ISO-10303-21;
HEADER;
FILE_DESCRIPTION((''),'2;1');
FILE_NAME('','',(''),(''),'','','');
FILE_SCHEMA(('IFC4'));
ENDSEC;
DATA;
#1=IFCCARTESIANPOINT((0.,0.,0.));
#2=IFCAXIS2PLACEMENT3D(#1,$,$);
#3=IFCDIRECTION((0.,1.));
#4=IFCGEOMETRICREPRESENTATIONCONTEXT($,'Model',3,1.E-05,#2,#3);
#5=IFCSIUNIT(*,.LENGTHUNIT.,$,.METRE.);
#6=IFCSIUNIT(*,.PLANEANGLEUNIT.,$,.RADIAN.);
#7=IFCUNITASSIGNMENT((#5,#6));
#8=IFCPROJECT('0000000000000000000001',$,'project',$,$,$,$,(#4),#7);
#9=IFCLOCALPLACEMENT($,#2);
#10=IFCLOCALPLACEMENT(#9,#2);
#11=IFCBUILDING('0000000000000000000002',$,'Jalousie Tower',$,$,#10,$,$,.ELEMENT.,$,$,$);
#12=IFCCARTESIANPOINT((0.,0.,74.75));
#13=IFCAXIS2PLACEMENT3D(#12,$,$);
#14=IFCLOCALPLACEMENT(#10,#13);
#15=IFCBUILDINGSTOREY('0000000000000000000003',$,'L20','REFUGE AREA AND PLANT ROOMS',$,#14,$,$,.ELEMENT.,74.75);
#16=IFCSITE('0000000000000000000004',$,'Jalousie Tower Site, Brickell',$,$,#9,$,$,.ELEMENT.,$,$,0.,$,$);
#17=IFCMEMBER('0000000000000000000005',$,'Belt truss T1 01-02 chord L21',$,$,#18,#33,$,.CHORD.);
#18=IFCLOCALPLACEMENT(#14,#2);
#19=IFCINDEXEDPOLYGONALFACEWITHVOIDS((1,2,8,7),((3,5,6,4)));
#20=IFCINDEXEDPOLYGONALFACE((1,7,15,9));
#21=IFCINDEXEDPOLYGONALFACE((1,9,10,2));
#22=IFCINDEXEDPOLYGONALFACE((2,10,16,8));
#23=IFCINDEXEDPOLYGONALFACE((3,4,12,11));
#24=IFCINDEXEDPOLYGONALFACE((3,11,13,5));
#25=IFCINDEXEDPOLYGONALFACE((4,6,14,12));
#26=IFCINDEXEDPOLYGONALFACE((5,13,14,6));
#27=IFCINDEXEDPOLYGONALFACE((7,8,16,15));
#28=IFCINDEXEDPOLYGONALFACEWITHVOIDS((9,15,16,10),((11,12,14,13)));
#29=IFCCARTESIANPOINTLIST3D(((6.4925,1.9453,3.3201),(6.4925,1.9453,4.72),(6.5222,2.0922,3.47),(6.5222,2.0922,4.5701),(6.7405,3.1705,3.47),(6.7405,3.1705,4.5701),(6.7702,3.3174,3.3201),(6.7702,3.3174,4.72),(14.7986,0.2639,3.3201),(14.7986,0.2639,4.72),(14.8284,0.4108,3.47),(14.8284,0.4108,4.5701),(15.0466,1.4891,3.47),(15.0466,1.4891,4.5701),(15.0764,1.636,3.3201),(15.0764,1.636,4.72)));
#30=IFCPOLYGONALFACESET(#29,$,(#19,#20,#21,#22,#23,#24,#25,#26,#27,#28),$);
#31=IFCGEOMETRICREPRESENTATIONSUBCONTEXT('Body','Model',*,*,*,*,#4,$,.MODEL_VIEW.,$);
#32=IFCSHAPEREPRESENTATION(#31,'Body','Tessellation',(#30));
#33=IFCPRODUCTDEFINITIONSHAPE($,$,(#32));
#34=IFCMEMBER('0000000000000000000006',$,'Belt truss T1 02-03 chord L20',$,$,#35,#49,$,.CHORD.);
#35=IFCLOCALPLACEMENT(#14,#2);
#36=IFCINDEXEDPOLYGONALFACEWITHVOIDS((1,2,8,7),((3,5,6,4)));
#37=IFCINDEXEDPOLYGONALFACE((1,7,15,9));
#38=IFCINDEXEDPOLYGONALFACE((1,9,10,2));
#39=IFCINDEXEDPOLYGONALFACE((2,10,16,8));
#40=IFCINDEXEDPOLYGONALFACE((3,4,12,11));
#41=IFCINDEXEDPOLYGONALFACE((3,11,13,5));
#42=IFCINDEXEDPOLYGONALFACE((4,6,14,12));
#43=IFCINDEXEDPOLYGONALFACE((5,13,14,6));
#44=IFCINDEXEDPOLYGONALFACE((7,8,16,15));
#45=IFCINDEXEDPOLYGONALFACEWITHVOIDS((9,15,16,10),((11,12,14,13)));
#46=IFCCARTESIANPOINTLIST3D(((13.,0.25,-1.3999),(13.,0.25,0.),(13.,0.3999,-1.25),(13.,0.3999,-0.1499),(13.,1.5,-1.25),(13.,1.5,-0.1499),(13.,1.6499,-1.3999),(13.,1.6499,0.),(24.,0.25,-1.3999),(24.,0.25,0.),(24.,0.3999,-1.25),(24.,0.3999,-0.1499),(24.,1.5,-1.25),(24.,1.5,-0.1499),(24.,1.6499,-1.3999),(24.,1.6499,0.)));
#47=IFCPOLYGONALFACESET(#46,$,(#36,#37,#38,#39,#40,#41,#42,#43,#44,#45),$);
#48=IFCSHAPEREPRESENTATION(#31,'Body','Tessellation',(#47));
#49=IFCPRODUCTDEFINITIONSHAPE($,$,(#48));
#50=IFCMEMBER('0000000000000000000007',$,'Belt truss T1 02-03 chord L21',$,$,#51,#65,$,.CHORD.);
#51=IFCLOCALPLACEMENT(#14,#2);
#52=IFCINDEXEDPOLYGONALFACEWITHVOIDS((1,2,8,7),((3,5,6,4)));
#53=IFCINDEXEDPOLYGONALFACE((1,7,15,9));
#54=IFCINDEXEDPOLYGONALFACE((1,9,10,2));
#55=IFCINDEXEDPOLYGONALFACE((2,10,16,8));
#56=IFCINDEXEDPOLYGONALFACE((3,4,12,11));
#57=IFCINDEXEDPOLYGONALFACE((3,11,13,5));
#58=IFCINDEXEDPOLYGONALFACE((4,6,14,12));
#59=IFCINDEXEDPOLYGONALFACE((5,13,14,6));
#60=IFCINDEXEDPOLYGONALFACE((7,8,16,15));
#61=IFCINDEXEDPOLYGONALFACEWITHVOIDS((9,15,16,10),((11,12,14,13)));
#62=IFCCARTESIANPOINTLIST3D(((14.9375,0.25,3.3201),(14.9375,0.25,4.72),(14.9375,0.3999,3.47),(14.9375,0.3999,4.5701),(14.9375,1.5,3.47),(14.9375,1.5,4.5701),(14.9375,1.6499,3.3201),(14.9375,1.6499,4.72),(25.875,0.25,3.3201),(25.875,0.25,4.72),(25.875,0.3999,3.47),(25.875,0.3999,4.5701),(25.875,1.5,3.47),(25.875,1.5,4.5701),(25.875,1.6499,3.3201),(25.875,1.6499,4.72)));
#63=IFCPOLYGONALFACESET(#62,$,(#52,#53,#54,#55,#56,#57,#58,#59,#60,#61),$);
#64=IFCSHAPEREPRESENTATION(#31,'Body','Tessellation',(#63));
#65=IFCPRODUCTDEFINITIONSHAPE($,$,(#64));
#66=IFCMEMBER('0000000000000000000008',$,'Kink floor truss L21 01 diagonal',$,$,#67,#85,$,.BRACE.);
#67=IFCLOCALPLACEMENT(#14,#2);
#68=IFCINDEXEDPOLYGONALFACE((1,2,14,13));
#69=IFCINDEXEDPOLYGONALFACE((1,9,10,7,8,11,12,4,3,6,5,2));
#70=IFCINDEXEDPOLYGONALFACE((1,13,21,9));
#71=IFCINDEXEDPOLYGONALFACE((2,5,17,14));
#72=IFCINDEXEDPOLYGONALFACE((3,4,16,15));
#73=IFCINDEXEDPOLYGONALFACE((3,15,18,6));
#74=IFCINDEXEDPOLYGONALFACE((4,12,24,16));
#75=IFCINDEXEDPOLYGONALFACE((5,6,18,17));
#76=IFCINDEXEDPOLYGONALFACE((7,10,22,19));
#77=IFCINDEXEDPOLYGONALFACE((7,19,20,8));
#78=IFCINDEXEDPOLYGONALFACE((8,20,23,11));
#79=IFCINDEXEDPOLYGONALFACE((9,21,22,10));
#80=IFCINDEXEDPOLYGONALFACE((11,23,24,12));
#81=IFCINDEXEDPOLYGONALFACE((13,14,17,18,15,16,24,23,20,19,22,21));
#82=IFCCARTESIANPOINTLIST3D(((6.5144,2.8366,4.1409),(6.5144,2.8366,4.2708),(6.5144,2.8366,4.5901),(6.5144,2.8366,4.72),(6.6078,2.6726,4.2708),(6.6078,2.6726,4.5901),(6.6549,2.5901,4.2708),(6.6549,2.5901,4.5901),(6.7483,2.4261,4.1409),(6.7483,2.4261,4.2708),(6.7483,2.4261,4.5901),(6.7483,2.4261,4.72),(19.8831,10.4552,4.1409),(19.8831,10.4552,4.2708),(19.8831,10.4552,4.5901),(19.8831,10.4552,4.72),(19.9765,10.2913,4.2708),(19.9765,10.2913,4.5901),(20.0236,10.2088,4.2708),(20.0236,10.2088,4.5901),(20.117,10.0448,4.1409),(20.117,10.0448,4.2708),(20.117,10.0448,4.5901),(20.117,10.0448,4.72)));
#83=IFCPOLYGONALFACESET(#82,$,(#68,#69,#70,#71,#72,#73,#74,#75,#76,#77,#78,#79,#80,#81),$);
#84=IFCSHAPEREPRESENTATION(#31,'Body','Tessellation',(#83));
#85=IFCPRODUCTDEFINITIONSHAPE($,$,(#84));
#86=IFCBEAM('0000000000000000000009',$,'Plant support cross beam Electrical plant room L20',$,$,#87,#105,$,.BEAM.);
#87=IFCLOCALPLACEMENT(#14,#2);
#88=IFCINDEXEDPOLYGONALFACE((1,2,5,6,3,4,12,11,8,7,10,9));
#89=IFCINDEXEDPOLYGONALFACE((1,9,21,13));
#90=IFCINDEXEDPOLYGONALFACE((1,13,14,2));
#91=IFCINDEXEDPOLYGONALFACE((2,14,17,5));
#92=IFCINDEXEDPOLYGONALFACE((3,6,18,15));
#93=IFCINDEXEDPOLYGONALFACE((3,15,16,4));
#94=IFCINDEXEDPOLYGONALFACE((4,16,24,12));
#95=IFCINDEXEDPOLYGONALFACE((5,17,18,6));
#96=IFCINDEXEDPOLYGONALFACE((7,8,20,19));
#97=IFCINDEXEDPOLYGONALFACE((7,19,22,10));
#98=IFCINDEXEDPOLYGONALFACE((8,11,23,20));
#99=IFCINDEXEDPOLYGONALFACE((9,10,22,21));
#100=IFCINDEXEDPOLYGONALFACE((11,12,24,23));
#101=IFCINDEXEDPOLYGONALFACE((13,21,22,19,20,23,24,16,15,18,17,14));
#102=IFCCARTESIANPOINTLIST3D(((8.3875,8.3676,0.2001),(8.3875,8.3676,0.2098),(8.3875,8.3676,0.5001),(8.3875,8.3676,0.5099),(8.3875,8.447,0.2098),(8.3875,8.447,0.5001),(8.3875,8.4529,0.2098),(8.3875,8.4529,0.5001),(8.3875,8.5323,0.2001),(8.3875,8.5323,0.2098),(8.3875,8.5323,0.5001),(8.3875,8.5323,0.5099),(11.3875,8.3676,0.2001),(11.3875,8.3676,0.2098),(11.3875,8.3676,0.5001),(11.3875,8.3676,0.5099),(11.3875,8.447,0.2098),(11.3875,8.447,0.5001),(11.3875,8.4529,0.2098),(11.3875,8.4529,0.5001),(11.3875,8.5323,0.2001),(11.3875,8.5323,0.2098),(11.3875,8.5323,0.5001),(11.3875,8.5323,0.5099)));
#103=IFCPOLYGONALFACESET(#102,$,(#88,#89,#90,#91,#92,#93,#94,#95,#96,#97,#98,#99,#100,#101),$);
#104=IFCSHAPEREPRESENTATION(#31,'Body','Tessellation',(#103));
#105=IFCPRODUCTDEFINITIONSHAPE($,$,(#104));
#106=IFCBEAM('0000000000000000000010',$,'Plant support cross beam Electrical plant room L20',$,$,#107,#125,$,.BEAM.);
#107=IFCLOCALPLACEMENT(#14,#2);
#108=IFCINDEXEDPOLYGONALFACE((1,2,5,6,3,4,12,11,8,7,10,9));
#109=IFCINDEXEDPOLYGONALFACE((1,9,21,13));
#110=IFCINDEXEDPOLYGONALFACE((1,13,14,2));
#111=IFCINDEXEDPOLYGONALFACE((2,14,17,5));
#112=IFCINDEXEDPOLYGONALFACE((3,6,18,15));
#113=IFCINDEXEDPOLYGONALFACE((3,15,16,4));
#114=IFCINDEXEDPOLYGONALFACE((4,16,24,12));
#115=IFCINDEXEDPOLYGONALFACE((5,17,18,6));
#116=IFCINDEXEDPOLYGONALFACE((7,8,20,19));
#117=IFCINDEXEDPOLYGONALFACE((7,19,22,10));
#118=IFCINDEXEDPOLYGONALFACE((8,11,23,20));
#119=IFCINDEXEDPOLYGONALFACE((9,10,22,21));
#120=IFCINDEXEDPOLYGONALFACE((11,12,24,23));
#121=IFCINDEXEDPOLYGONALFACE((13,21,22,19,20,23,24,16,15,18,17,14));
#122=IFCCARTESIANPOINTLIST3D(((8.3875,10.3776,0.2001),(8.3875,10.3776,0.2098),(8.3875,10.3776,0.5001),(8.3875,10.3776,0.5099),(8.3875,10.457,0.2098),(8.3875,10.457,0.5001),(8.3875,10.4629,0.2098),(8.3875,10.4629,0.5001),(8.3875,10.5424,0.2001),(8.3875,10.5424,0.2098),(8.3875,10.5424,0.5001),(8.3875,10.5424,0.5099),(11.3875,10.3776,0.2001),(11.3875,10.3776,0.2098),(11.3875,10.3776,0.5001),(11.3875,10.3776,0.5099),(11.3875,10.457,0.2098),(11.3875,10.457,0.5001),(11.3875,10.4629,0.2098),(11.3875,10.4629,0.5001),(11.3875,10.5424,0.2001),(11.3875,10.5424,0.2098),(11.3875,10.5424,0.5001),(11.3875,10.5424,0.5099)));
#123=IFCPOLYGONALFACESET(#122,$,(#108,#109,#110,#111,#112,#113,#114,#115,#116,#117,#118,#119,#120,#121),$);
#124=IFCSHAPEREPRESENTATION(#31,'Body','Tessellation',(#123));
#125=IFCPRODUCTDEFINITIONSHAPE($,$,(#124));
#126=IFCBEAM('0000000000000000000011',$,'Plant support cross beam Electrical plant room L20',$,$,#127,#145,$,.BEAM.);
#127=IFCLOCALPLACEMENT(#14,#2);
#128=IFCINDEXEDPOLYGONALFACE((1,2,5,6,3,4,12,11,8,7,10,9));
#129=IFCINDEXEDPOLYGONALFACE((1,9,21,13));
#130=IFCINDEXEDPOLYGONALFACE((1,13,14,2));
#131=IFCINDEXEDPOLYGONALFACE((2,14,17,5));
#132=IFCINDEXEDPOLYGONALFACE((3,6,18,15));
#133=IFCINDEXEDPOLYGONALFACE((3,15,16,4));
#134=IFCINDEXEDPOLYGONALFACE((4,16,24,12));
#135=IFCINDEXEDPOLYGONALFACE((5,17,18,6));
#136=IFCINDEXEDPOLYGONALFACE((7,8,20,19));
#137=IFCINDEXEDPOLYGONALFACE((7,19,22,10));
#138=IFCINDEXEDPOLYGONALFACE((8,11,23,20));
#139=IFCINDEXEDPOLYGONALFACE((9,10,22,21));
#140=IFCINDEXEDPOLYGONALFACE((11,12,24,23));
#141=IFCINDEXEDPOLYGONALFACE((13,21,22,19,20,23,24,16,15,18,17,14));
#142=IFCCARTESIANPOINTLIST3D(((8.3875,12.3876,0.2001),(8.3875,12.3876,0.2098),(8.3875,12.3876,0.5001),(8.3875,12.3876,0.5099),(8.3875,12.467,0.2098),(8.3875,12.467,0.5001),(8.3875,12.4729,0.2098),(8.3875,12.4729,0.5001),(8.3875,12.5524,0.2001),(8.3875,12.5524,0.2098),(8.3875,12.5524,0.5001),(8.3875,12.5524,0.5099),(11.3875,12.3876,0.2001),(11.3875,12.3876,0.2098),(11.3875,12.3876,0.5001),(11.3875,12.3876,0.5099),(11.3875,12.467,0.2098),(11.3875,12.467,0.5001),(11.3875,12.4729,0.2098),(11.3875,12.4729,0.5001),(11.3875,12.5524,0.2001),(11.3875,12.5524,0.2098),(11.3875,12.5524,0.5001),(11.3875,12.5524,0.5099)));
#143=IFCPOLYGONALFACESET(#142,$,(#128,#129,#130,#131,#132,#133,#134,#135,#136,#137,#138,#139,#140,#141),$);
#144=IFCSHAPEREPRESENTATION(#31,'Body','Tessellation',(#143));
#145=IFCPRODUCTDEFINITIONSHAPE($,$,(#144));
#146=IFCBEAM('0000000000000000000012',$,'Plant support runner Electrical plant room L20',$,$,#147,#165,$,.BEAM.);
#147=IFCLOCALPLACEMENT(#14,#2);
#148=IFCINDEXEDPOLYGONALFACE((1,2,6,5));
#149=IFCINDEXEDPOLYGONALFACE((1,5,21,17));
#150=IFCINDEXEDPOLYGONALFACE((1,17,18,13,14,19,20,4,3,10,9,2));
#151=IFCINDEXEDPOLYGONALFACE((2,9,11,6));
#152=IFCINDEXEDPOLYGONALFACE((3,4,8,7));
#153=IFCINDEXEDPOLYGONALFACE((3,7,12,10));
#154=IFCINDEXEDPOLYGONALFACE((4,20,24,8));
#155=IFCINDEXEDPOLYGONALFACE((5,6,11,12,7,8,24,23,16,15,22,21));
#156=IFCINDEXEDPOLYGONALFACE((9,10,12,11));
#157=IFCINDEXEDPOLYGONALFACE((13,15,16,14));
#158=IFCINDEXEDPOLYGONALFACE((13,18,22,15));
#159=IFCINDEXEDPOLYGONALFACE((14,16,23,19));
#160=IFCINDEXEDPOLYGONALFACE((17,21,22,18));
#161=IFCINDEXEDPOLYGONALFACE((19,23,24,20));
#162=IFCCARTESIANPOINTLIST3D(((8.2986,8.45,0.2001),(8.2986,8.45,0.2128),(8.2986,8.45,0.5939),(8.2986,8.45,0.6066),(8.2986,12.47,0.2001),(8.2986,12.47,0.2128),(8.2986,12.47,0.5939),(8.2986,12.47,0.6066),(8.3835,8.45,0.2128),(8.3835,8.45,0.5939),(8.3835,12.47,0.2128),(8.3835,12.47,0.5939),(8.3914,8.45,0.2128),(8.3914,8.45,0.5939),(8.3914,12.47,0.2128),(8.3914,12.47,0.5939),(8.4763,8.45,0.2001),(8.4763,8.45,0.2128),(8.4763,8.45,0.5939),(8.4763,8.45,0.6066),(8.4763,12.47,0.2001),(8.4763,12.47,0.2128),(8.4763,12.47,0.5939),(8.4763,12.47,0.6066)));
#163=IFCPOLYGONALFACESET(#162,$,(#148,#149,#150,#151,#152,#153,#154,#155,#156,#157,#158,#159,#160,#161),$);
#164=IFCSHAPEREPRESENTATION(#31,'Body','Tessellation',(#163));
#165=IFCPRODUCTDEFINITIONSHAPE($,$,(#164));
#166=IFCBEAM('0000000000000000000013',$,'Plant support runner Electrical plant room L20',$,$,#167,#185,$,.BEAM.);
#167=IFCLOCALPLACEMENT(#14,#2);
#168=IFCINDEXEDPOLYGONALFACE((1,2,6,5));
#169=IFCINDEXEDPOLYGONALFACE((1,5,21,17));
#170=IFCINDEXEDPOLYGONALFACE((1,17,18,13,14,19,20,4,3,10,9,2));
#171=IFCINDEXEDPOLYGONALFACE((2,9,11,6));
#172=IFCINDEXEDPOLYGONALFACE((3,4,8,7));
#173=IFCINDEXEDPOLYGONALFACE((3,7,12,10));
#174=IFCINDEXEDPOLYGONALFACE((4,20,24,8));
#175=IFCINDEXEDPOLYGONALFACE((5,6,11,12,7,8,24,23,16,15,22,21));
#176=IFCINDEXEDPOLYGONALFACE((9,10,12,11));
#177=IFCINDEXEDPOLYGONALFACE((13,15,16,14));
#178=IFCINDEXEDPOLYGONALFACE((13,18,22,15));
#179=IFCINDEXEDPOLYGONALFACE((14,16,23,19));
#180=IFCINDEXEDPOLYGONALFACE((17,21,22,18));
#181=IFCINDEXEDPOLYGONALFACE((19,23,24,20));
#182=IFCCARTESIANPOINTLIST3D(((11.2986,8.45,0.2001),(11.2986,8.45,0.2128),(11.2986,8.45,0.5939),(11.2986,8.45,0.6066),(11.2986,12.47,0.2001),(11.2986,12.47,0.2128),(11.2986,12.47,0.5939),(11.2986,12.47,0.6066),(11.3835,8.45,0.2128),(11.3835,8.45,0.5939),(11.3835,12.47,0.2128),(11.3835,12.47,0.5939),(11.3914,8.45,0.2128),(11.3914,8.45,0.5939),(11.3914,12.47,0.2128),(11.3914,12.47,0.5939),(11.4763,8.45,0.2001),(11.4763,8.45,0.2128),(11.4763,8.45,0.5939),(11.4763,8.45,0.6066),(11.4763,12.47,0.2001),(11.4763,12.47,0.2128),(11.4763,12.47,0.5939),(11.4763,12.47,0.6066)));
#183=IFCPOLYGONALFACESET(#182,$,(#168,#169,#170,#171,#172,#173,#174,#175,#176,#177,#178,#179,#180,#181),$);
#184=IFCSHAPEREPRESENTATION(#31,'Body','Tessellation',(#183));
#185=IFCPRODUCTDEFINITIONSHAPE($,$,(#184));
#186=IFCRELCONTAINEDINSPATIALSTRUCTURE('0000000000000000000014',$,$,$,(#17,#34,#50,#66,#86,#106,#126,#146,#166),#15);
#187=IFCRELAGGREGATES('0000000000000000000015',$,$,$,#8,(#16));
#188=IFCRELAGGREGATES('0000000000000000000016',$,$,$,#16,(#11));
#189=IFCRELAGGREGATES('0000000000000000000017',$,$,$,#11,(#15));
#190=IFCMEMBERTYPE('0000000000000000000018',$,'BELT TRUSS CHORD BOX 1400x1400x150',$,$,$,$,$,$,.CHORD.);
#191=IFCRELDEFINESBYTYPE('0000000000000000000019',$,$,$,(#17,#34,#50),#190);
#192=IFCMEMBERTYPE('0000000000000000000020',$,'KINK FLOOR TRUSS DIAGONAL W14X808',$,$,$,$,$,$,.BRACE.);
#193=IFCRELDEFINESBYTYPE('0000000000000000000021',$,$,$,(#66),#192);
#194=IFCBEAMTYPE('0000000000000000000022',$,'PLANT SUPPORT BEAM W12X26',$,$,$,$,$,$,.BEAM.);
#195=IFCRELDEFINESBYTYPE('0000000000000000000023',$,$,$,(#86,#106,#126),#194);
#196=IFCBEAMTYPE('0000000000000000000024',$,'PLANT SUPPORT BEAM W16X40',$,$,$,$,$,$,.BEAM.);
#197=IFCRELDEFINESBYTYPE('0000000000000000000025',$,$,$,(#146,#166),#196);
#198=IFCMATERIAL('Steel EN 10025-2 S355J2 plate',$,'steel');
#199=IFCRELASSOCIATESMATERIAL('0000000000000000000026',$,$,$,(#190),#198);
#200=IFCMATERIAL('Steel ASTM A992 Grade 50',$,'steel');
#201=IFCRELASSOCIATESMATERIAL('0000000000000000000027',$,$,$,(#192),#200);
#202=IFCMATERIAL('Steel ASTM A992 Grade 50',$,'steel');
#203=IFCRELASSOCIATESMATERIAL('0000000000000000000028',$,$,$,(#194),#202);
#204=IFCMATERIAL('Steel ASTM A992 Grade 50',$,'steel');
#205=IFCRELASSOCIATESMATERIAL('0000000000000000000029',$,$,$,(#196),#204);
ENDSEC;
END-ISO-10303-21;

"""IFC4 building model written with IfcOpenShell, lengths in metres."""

from ifc_helpers import new_model, si_unit, direction, frame, origin, origin_2d, place, context, subcontext, project, spatial, hollow_rectangle, i_section, extrude, material, material_profile, profile_set, type_object, element, save


model = new_model("IFC4")

# Units and contexts
model_context = context("Model", 3, precision=1e-05, world=origin(), true_north=direction((0.0, 1.0)))
body_context = subcontext(model_context, "Body", "Model", "MODEL_VIEW")
ifc_project = project(units=[si_unit("LENGTHUNIT", "METRE"), si_unit("PLANEANGLEUNIT", "RADIAN")], contexts=[model_context])

# Site, building, storey
site_placement = place(None, origin())
site = spatial("IfcSite", under=ifc_project, at=site_placement, Name="Jalousie Tower Site, Brickell", CompositionType="ELEMENT", RefElevation=0.0)
building_placement = place(site_placement, origin())
building = spatial("IfcBuilding", under=site, at=building_placement, Name="Jalousie Tower", CompositionType="ELEMENT")
storey_placement = place(building_placement, frame((0.0, 0.0, 74.75)))
storey = spatial("IfcBuildingStorey", under=building, at=storey_placement, Name="L20", Description="REFUGE AREA AND PLANT ROOMS", CompositionType="ELEMENT", Elevation=74.75)

# Members
ifc_material_1 = material(Name="Steel EN 10025-2 S355J2 plate", Category="steel")
ifc_material_profile_1 = material_profile(ifc_material_1, hollow_rectangle(XDim=1.3999, YDim=1.3999, WallThickness=0.1499, at=origin_2d()), Name="BOX 1400x1400x150")
ifc_profile_set_1 = profile_set([ifc_material_profile_1], Name="Steel EN 10025-2 S355J2 plate")
member_type_1 = type_object("IfcMemberType", Name="BELT TRUSS CHORD BOX 1400x1400x150", PredefinedType="CHORD", material=ifc_profile_set_1)
member_1_placement = place(storey_placement, frame((6.6313, 2.6313, 4.02), z_axis=(0.98012, -0.198404, 0.0), x_axis=(0.198404, 0.98012, 0.0)))
element("IfcMember", 1, at=member_1_placement, inside=storey, type_object=member_type_1, Name="Belt truss T1 01-02 chord L21", PredefinedType="CHORD", context=body_context, shape_type="SweptSolid", body=[
    extrude(hollow_rectangle(XDim=1.3999, YDim=1.3999, WallThickness=0.1499, at=origin_2d()), origin(), (0.0, 0.0, 1.0), 8.4746),
])
member_2_placement = place(storey_placement, frame((13.0, 0.95, -0.7), z_axis=(1.0, 0.0, 0.0), x_axis=(0.0, 1.0, 0.0)))
element("IfcMember", 2, at=member_2_placement, inside=storey, type_object=member_type_1, Name="Belt truss T1 02-03 chord L20", PredefinedType="CHORD", context=body_context, shape_type="SweptSolid", body=[
    extrude(hollow_rectangle(XDim=1.3999, YDim=1.3999, WallThickness=0.1499, at=origin_2d()), origin(), (0.0, 0.0, 1.0), 11.0),
])
member_3_placement = place(storey_placement, frame((14.9375, 0.95, 4.02), z_axis=(1.0, 0.0, 0.0), x_axis=(0.0, 1.0, 0.0)))
element("IfcMember", 3, at=member_3_placement, inside=storey, type_object=member_type_1, Name="Belt truss T1 02-03 chord L21", PredefinedType="CHORD", context=body_context, shape_type="SweptSolid", body=[
    extrude(hollow_rectangle(XDim=1.3999, YDim=1.3999, WallThickness=0.1499, at=origin_2d()), origin(), (0.0, 0.0, 1.0), 10.9375),
])
ifc_material_2 = material(Name="Steel ASTM A992 Grade 50", Category="steel")
ifc_material_profile_2 = material_profile(ifc_material_2, i_section(OverallWidth=0.4724, OverallDepth=0.5791, WebThickness=0.095, FlangeThickness=0.1299, at=origin_2d()), Name="W14X808")
ifc_profile_set_2 = profile_set([ifc_material_profile_2], Name="Steel ASTM A992 Grade 50")
member_type_2 = type_object("IfcMemberType", Name="KINK FLOOR TRUSS DIAGONAL W14X808", PredefinedType="BRACE", material=ifc_profile_set_2)
member_4_placement = place(storey_placement, frame((6.6313, 2.6313, 4.4304), z_axis=(0.868819, 0.49513, 0.0), x_axis=(-0.49513, 0.868819, 0.0)))
element("IfcMember", 4, at=member_4_placement, inside=storey, type_object=member_type_2, Name="Kink floor truss L21 01 diagonal", PredefinedType="BRACE", context=body_context, shape_type="SweptSolid", body=[
    extrude(i_section(OverallWidth=0.4724, OverallDepth=0.5791, WebThickness=0.095, FlangeThickness=0.1299, at=origin_2d()), origin(), (0.0, 0.0, 1.0), 15.3872),
])

# Beams
ifc_material_3 = material(Name="Steel ASTM A992 Grade 50", Category="steel")
ifc_material_profile_3 = material_profile(ifc_material_3, i_section(OverallWidth=0.1648, OverallDepth=0.3098, WebThickness=0.0059, FlangeThickness=0.0098, at=origin_2d()), Name="W12X26")
ifc_profile_set_3 = profile_set([ifc_material_profile_3], Name="Steel ASTM A992 Grade 50")
beam_type_1 = type_object("IfcBeamType", Name="PLANT SUPPORT BEAM W12X26", PredefinedType="BEAM", material=ifc_profile_set_3)
for number, where, z_axis, x_axis, name in (
    (5, (8.3875, 8.45, 0.355), (1.0, 0.0, 0.0), (0.0, 1.0, 0.0), "Plant support cross beam Electrical plant room L20"),
    (6, (8.3875, 10.46, 0.355), (1.0, 0.0, 0.0), (0.0, 1.0, 0.0), "Plant support cross beam Electrical plant room L20"),
    (7, (8.3875, 12.47, 0.355), (1.0, 0.0, 0.0), (0.0, 1.0, 0.0), "Plant support cross beam Electrical plant room L20"),
):
    element("IfcBeam", number, at=place(storey_placement, frame(where, z_axis=z_axis, x_axis=x_axis)), inside=storey, type_object=beam_type_1, Name=name, PredefinedType="BEAM", context=body_context, shape_type="SweptSolid", body=[
        extrude(i_section(OverallWidth=0.1648, OverallDepth=0.3098, WebThickness=0.0059, FlangeThickness=0.0098, at=origin_2d()), origin(), (0.0, 0.0, 1.0), 3.0),
    ])
ifc_material_4 = material(Name="Steel ASTM A992 Grade 50", Category="steel")
ifc_material_profile_4 = material_profile(ifc_material_4, i_section(OverallWidth=0.1777, OverallDepth=0.4065, WebThickness=0.0078, FlangeThickness=0.0127, at=origin_2d()), Name="W16X40")
ifc_profile_set_4 = profile_set([ifc_material_profile_4], Name="Steel ASTM A992 Grade 50")
beam_type_2 = type_object("IfcBeamType", Name="PLANT SUPPORT BEAM W16X40", PredefinedType="BEAM", material=ifc_profile_set_4)
for number, where, z_axis, x_axis, name in (
    (8, (8.3875, 8.45, 0.4033), (0.0, 1.0, 0.0), (-1.0, 0.0, 0.0), "Plant support runner Electrical plant room L20"),
    (9, (11.3875, 8.45, 0.4033), (0.0, 1.0, 0.0), (-1.0, 0.0, 0.0), "Plant support runner Electrical plant room L20"),
):
    element("IfcBeam", number, at=place(storey_placement, frame(where, z_axis=z_axis, x_axis=x_axis)), inside=storey, type_object=beam_type_2, Name=name, PredefinedType="BEAM", context=body_context, shape_type="SweptSolid", body=[
        extrude(i_section(OverallWidth=0.1777, OverallDepth=0.4065, WebThickness=0.0078, FlangeThickness=0.0127, at=origin_2d()), origin(), (0.0, 0.0, 1.0), 4.02),
    ])

save(model, "model.ifc")
